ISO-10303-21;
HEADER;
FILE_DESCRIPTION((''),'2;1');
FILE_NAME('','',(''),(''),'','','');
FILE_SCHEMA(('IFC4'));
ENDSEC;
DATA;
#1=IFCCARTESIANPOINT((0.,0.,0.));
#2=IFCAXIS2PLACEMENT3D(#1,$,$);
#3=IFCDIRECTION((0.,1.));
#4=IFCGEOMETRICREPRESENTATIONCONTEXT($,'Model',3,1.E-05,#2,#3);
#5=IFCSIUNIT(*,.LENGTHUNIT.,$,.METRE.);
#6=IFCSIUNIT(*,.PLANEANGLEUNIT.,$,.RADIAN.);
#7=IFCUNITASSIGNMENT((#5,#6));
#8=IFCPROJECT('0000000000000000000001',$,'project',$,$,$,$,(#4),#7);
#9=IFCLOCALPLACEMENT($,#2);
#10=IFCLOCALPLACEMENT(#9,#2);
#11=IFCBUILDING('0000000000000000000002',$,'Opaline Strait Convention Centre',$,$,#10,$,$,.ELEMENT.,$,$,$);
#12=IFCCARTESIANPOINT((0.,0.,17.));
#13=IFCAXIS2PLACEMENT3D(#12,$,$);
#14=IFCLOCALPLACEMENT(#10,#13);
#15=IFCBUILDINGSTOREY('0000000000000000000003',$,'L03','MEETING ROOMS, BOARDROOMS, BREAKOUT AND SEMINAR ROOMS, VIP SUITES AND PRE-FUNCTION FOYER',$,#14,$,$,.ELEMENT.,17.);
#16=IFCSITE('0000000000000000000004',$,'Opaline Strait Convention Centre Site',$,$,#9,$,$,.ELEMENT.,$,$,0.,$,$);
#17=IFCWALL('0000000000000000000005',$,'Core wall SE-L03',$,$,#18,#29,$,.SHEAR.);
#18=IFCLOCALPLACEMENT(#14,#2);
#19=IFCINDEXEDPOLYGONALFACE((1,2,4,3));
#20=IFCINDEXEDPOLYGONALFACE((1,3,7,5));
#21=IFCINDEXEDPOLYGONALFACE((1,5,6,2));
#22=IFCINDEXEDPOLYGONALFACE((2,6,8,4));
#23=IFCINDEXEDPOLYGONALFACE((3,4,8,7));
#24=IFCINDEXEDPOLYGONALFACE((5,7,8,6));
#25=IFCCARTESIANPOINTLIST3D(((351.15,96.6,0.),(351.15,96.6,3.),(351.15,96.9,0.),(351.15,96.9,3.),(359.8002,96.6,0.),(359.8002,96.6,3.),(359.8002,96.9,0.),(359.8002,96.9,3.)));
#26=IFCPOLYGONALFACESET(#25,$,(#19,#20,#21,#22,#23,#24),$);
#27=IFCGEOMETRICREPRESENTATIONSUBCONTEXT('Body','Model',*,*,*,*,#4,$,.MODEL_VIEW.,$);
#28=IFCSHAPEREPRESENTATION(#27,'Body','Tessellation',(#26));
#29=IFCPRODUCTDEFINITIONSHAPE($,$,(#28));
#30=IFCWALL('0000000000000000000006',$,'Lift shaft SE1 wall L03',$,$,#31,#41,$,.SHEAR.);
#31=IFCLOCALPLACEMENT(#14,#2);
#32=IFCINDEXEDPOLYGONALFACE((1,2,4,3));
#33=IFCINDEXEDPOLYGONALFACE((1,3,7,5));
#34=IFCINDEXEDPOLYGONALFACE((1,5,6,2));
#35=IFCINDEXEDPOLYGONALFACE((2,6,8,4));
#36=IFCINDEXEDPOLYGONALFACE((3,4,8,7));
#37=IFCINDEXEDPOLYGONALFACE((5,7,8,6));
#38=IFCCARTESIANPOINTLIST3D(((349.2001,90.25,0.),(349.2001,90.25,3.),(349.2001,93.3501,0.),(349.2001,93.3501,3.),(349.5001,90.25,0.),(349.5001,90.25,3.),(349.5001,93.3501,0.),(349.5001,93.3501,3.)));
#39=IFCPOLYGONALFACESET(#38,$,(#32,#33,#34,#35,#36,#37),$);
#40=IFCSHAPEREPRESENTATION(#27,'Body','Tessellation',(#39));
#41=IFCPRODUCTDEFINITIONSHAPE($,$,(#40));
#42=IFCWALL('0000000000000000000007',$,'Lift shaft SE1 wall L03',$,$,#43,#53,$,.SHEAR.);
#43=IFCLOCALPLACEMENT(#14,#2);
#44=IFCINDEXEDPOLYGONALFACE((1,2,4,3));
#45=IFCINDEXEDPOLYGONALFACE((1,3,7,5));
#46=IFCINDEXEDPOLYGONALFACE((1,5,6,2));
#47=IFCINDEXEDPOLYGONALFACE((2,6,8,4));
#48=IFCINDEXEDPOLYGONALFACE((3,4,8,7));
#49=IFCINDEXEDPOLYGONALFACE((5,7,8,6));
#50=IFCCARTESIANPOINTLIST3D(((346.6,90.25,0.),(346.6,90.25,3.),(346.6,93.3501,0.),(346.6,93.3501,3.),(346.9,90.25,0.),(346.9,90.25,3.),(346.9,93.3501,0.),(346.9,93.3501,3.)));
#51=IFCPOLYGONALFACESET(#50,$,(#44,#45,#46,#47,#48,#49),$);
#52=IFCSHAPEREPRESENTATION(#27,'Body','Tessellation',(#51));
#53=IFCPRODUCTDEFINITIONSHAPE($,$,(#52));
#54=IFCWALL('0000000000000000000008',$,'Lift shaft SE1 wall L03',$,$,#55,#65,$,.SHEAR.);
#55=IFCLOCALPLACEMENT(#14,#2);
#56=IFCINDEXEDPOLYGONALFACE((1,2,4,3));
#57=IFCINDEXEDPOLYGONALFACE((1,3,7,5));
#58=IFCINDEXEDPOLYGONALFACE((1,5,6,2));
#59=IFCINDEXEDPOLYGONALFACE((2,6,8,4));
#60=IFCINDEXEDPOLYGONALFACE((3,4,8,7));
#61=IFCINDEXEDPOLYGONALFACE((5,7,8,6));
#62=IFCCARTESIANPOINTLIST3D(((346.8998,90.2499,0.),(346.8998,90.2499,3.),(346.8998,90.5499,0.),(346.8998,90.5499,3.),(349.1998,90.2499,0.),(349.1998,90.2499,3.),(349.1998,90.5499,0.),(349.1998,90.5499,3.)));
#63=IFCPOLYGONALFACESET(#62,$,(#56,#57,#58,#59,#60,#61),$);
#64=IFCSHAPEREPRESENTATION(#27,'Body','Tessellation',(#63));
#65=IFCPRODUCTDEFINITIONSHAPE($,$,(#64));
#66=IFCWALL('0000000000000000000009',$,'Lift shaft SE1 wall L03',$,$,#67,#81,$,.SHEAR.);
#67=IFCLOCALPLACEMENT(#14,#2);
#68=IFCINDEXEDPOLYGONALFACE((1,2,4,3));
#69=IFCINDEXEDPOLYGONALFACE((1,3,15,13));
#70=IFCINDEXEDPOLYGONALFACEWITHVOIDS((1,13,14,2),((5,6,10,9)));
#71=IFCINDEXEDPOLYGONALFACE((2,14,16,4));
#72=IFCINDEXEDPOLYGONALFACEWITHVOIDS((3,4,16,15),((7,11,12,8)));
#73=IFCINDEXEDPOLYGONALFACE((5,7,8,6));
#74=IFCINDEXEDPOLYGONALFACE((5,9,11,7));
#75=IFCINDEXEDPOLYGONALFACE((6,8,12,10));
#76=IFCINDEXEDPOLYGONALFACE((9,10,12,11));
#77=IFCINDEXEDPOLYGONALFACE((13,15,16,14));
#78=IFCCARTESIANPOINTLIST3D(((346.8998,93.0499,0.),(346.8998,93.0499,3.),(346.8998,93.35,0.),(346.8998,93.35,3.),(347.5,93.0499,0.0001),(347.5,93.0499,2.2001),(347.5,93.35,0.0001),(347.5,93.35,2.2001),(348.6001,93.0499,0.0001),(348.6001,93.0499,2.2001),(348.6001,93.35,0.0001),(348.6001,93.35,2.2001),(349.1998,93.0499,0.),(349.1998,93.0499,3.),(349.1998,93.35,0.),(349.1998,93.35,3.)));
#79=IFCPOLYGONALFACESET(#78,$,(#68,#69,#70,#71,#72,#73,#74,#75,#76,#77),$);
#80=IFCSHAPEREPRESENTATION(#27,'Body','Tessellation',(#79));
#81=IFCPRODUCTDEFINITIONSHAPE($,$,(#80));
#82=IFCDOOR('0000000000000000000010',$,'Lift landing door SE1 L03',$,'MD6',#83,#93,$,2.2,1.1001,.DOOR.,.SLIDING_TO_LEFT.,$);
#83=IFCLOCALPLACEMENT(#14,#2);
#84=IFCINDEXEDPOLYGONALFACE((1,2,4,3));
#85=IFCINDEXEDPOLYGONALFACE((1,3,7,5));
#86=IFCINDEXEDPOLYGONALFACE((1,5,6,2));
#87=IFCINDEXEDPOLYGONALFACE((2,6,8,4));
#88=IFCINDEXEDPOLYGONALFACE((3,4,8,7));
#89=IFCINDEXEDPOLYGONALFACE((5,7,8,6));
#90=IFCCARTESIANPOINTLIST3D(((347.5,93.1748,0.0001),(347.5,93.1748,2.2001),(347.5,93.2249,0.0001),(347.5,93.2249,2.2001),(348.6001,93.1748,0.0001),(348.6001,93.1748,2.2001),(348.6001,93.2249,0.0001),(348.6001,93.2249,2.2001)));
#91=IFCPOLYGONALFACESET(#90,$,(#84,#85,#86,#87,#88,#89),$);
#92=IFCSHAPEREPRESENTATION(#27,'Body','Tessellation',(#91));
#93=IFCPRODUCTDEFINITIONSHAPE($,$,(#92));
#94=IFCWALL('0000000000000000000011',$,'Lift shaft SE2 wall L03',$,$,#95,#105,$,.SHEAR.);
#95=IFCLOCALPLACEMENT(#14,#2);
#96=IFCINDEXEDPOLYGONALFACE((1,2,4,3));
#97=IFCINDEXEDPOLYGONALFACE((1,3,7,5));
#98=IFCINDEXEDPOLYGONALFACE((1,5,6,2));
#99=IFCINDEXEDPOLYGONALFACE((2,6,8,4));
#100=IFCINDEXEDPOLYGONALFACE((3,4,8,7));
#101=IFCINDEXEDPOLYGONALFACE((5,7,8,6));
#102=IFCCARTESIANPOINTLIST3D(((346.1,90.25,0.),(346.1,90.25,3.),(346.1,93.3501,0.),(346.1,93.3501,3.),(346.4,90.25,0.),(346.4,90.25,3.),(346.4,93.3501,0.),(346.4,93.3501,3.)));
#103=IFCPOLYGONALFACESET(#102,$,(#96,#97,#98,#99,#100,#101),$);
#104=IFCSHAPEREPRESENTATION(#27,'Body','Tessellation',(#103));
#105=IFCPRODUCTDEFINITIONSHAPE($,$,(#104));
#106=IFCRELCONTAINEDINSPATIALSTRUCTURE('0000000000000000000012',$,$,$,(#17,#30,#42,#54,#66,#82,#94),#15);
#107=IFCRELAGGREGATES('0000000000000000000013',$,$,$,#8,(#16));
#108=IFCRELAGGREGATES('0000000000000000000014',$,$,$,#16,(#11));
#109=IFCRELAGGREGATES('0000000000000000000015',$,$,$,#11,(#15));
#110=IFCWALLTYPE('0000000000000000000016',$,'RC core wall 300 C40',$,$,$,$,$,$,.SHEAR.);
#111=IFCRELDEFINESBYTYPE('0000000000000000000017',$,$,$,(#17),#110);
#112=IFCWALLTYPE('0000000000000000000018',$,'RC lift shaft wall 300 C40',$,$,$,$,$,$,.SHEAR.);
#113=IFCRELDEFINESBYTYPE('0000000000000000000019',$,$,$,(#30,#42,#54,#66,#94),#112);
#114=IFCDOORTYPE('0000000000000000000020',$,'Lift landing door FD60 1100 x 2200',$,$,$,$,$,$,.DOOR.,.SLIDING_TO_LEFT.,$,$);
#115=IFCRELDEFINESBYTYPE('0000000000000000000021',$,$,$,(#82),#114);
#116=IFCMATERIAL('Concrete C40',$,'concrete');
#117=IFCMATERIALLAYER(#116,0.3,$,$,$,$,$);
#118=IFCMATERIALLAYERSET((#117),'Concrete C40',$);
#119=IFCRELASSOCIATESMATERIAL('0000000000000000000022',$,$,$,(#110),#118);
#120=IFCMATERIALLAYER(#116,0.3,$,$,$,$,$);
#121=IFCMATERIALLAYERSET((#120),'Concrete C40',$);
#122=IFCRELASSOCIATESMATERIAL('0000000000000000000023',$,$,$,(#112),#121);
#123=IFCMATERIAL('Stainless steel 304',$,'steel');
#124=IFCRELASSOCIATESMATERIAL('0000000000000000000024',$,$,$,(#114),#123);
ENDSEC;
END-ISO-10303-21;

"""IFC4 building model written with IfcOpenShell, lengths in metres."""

from ifc_helpers import new_model, si_unit, direction, frame, frame_2d, origin, place, context, subcontext, project, spatial, rectangle, extrude, material, layer, layer_set, type_object, element, fill, save


model = new_model("IFC4")

# Units and contexts
model_context = context("Model", 3, precision=1e-05, world=origin(), true_north=direction((0.0, 1.0)))
body_context = subcontext(model_context, "Body", "Model", "MODEL_VIEW")
ifc_project = project(units=[si_unit("LENGTHUNIT", "METRE"), si_unit("PLANEANGLEUNIT", "RADIAN")], contexts=[model_context])

# Site, building, storey
site_placement = place(None, origin())
site = spatial("IfcSite", under=ifc_project, at=site_placement, Name="Opaline Strait Convention Centre Site", CompositionType="ELEMENT", RefElevation=0.0)
building_placement = place(site_placement, origin())
building = spatial("IfcBuilding", under=site, at=building_placement, Name="Opaline Strait Convention Centre", CompositionType="ELEMENT")
storey_placement = place(building_placement, frame((0.0, 0.0, 17.0)))
storey = spatial("IfcBuildingStorey", under=building, at=storey_placement, Name="L03", Description="MEETING ROOMS, BOARDROOMS, BREAKOUT AND SEMINAR ROOMS, VIP SUITES AND PRE-FUNCTION FOYER", CompositionType="ELEMENT", Elevation=17.0)

# Shared definitions
ifc_material_1 = material(Name="Concrete C40", Category="concrete")
ifc_layer_1 = layer(ifc_material_1, 0.3)
ifc_layer_set_1 = layer_set([ifc_layer_1], Name="Concrete C40")
wall_type_1 = type_object("IfcWallType", Name="RC core wall 300 C40", PredefinedType="SHEAR", material=ifc_layer_set_1)

# Walls
wall_1_placement = place(storey_placement, frame((351.1499, 96.75, 0.0), z_axis=(0.0, 0.0, 1.0), x_axis=(1.0, 0.0, 0.0)))
element("IfcWall", 1, at=wall_1_placement, inside=storey, type_object=wall_type_1, Name="Core wall SE-L03", PredefinedType="SHEAR", context=body_context, shape_type="SweptSolid", body=[
    extrude(rectangle(XDim=8.6501, YDim=0.3, at=frame_2d((4.3252, 0.0))), origin(), (0.0, 0.0, 1.0), 3.0),
])
ifc_layer_2 = layer(ifc_material_1, 0.3)
ifc_layer_set_2 = layer_set([ifc_layer_2], Name="Concrete C40")
wall_type_2 = type_object("IfcWallType", Name="RC lift shaft wall 300 C40", PredefinedType="SHEAR", material=ifc_layer_set_2)
for number, where, z_axis, x_axis, name in (
    (2, (349.3501, 90.25, 0.0), (0.0, 0.0, 1.0), (0.0, 1.0, 0.0), "Lift shaft SE1 wall L03"),
    (3, (346.75, 90.25, 0.0), (0.0, 0.0, 1.0), (0.0, 1.0, 0.0), "Lift shaft SE1 wall L03"),
):
    element("IfcWall", number, at=place(storey_placement, frame(where, z_axis=z_axis, x_axis=x_axis)), inside=storey, type_object=wall_type_2, Name=name, PredefinedType="SHEAR", context=body_context, shape_type="SweptSolid", body=[
        extrude(rectangle(XDim=3.1001, YDim=0.3, at=frame_2d((1.55, 0.0))), origin(), (0.0, 0.0, 1.0), 3.0),
    ])
wall_2_placement = place(storey_placement, frame((346.8999, 90.3999, 0.0), z_axis=(0.0, 0.0, 1.0), x_axis=(1.0, 0.0, 0.0)))
element("IfcWall", 4, at=wall_2_placement, inside=storey, type_object=wall_type_2, Name="Lift shaft SE1 wall L03", PredefinedType="SHEAR", context=body_context, shape_type="SweptSolid", body=[
    extrude(rectangle(XDim=2.3, YDim=0.3, at=frame_2d((1.1499, 0.0))), origin(), (0.0, 0.0, 1.0), 3.0),
])

# Wall, opening, door
wall_3_placement = place(storey_placement, frame((346.8999, 93.2, 0.0), z_axis=(0.0, 0.0, 1.0), x_axis=(1.0, 0.0, 0.0)))
wall_3 = element("IfcWall", 5, at=wall_3_placement, inside=storey, type_object=wall_type_2, Name="Lift shaft SE1 wall L03", PredefinedType="SHEAR", context=body_context, shape_type="SweptSolid", body=[
    extrude(rectangle(XDim=2.3, YDim=0.3, at=frame_2d((1.1499, 0.0))), origin(), (0.0, 0.0, 1.0), 3.0),
])
opening_1_placement = place(wall_3_placement, frame((0.6001, 0.0, 0.0)))
opening_1 = element("IfcOpeningElement", 6, at=opening_1_placement, cuts=wall_3, PredefinedType="OPENING", context=body_context, shape_type="SweptSolid", body=[
    extrude(rectangle(XDim=1.1001, YDim=2.2, at=frame_2d((0.55, 1.1001))), frame((0.0, 0.1599, 0.0), z_axis=(0.0, -1.0, 0.0), x_axis=(1.0, 0.0, 0.0)), (0.0, 0.0, 1.0), 0.3201),
])
ifc_material_2 = material(Name="Stainless steel 304", Category="steel")
door_type_1 = type_object("IfcDoorType", Name="Lift landing door FD60 1100 x 2200", OperationType="SLIDING_TO_LEFT", PredefinedType="DOOR", material=ifc_material_2)
door_1_placement = place(opening_1_placement, origin())
door_1 = element("IfcDoor", 7, at=door_1_placement, inside=storey, type_object=door_type_1, Name="Lift landing door SE1 L03", ObjectType="MD6", OperationType="SLIDING_TO_LEFT", OverallHeight=2.2, OverallWidth=1.1001, PredefinedType="DOOR", context=body_context, shape_type="SweptSolid", body=[
    extrude(rectangle(XDim=1.1001, YDim=2.2, at=frame_2d((0.55, 1.1001))), frame((0.0, 0.0249, 0.0), z_axis=(0.0, -1.0, 0.0), x_axis=(1.0, 0.0, 0.0)), (0.0, 0.0, 1.0), 0.05),
])
fill(opening_1, door_1)

# Wall
wall_4_placement = place(storey_placement, frame((346.25, 90.25, 0.0), z_axis=(0.0, 0.0, 1.0), x_axis=(0.0, 1.0, 0.0)))
element("IfcWall", 8, at=wall_4_placement, inside=storey, type_object=wall_type_2, Name="Lift shaft SE2 wall L03", PredefinedType="SHEAR", context=body_context, shape_type="SweptSolid", body=[
    extrude(rectangle(XDim=3.1001, YDim=0.3, at=frame_2d((1.55, 0.0))), origin(), (0.0, 0.0, 1.0), 3.0),
])

save(model, "model.ifc")
